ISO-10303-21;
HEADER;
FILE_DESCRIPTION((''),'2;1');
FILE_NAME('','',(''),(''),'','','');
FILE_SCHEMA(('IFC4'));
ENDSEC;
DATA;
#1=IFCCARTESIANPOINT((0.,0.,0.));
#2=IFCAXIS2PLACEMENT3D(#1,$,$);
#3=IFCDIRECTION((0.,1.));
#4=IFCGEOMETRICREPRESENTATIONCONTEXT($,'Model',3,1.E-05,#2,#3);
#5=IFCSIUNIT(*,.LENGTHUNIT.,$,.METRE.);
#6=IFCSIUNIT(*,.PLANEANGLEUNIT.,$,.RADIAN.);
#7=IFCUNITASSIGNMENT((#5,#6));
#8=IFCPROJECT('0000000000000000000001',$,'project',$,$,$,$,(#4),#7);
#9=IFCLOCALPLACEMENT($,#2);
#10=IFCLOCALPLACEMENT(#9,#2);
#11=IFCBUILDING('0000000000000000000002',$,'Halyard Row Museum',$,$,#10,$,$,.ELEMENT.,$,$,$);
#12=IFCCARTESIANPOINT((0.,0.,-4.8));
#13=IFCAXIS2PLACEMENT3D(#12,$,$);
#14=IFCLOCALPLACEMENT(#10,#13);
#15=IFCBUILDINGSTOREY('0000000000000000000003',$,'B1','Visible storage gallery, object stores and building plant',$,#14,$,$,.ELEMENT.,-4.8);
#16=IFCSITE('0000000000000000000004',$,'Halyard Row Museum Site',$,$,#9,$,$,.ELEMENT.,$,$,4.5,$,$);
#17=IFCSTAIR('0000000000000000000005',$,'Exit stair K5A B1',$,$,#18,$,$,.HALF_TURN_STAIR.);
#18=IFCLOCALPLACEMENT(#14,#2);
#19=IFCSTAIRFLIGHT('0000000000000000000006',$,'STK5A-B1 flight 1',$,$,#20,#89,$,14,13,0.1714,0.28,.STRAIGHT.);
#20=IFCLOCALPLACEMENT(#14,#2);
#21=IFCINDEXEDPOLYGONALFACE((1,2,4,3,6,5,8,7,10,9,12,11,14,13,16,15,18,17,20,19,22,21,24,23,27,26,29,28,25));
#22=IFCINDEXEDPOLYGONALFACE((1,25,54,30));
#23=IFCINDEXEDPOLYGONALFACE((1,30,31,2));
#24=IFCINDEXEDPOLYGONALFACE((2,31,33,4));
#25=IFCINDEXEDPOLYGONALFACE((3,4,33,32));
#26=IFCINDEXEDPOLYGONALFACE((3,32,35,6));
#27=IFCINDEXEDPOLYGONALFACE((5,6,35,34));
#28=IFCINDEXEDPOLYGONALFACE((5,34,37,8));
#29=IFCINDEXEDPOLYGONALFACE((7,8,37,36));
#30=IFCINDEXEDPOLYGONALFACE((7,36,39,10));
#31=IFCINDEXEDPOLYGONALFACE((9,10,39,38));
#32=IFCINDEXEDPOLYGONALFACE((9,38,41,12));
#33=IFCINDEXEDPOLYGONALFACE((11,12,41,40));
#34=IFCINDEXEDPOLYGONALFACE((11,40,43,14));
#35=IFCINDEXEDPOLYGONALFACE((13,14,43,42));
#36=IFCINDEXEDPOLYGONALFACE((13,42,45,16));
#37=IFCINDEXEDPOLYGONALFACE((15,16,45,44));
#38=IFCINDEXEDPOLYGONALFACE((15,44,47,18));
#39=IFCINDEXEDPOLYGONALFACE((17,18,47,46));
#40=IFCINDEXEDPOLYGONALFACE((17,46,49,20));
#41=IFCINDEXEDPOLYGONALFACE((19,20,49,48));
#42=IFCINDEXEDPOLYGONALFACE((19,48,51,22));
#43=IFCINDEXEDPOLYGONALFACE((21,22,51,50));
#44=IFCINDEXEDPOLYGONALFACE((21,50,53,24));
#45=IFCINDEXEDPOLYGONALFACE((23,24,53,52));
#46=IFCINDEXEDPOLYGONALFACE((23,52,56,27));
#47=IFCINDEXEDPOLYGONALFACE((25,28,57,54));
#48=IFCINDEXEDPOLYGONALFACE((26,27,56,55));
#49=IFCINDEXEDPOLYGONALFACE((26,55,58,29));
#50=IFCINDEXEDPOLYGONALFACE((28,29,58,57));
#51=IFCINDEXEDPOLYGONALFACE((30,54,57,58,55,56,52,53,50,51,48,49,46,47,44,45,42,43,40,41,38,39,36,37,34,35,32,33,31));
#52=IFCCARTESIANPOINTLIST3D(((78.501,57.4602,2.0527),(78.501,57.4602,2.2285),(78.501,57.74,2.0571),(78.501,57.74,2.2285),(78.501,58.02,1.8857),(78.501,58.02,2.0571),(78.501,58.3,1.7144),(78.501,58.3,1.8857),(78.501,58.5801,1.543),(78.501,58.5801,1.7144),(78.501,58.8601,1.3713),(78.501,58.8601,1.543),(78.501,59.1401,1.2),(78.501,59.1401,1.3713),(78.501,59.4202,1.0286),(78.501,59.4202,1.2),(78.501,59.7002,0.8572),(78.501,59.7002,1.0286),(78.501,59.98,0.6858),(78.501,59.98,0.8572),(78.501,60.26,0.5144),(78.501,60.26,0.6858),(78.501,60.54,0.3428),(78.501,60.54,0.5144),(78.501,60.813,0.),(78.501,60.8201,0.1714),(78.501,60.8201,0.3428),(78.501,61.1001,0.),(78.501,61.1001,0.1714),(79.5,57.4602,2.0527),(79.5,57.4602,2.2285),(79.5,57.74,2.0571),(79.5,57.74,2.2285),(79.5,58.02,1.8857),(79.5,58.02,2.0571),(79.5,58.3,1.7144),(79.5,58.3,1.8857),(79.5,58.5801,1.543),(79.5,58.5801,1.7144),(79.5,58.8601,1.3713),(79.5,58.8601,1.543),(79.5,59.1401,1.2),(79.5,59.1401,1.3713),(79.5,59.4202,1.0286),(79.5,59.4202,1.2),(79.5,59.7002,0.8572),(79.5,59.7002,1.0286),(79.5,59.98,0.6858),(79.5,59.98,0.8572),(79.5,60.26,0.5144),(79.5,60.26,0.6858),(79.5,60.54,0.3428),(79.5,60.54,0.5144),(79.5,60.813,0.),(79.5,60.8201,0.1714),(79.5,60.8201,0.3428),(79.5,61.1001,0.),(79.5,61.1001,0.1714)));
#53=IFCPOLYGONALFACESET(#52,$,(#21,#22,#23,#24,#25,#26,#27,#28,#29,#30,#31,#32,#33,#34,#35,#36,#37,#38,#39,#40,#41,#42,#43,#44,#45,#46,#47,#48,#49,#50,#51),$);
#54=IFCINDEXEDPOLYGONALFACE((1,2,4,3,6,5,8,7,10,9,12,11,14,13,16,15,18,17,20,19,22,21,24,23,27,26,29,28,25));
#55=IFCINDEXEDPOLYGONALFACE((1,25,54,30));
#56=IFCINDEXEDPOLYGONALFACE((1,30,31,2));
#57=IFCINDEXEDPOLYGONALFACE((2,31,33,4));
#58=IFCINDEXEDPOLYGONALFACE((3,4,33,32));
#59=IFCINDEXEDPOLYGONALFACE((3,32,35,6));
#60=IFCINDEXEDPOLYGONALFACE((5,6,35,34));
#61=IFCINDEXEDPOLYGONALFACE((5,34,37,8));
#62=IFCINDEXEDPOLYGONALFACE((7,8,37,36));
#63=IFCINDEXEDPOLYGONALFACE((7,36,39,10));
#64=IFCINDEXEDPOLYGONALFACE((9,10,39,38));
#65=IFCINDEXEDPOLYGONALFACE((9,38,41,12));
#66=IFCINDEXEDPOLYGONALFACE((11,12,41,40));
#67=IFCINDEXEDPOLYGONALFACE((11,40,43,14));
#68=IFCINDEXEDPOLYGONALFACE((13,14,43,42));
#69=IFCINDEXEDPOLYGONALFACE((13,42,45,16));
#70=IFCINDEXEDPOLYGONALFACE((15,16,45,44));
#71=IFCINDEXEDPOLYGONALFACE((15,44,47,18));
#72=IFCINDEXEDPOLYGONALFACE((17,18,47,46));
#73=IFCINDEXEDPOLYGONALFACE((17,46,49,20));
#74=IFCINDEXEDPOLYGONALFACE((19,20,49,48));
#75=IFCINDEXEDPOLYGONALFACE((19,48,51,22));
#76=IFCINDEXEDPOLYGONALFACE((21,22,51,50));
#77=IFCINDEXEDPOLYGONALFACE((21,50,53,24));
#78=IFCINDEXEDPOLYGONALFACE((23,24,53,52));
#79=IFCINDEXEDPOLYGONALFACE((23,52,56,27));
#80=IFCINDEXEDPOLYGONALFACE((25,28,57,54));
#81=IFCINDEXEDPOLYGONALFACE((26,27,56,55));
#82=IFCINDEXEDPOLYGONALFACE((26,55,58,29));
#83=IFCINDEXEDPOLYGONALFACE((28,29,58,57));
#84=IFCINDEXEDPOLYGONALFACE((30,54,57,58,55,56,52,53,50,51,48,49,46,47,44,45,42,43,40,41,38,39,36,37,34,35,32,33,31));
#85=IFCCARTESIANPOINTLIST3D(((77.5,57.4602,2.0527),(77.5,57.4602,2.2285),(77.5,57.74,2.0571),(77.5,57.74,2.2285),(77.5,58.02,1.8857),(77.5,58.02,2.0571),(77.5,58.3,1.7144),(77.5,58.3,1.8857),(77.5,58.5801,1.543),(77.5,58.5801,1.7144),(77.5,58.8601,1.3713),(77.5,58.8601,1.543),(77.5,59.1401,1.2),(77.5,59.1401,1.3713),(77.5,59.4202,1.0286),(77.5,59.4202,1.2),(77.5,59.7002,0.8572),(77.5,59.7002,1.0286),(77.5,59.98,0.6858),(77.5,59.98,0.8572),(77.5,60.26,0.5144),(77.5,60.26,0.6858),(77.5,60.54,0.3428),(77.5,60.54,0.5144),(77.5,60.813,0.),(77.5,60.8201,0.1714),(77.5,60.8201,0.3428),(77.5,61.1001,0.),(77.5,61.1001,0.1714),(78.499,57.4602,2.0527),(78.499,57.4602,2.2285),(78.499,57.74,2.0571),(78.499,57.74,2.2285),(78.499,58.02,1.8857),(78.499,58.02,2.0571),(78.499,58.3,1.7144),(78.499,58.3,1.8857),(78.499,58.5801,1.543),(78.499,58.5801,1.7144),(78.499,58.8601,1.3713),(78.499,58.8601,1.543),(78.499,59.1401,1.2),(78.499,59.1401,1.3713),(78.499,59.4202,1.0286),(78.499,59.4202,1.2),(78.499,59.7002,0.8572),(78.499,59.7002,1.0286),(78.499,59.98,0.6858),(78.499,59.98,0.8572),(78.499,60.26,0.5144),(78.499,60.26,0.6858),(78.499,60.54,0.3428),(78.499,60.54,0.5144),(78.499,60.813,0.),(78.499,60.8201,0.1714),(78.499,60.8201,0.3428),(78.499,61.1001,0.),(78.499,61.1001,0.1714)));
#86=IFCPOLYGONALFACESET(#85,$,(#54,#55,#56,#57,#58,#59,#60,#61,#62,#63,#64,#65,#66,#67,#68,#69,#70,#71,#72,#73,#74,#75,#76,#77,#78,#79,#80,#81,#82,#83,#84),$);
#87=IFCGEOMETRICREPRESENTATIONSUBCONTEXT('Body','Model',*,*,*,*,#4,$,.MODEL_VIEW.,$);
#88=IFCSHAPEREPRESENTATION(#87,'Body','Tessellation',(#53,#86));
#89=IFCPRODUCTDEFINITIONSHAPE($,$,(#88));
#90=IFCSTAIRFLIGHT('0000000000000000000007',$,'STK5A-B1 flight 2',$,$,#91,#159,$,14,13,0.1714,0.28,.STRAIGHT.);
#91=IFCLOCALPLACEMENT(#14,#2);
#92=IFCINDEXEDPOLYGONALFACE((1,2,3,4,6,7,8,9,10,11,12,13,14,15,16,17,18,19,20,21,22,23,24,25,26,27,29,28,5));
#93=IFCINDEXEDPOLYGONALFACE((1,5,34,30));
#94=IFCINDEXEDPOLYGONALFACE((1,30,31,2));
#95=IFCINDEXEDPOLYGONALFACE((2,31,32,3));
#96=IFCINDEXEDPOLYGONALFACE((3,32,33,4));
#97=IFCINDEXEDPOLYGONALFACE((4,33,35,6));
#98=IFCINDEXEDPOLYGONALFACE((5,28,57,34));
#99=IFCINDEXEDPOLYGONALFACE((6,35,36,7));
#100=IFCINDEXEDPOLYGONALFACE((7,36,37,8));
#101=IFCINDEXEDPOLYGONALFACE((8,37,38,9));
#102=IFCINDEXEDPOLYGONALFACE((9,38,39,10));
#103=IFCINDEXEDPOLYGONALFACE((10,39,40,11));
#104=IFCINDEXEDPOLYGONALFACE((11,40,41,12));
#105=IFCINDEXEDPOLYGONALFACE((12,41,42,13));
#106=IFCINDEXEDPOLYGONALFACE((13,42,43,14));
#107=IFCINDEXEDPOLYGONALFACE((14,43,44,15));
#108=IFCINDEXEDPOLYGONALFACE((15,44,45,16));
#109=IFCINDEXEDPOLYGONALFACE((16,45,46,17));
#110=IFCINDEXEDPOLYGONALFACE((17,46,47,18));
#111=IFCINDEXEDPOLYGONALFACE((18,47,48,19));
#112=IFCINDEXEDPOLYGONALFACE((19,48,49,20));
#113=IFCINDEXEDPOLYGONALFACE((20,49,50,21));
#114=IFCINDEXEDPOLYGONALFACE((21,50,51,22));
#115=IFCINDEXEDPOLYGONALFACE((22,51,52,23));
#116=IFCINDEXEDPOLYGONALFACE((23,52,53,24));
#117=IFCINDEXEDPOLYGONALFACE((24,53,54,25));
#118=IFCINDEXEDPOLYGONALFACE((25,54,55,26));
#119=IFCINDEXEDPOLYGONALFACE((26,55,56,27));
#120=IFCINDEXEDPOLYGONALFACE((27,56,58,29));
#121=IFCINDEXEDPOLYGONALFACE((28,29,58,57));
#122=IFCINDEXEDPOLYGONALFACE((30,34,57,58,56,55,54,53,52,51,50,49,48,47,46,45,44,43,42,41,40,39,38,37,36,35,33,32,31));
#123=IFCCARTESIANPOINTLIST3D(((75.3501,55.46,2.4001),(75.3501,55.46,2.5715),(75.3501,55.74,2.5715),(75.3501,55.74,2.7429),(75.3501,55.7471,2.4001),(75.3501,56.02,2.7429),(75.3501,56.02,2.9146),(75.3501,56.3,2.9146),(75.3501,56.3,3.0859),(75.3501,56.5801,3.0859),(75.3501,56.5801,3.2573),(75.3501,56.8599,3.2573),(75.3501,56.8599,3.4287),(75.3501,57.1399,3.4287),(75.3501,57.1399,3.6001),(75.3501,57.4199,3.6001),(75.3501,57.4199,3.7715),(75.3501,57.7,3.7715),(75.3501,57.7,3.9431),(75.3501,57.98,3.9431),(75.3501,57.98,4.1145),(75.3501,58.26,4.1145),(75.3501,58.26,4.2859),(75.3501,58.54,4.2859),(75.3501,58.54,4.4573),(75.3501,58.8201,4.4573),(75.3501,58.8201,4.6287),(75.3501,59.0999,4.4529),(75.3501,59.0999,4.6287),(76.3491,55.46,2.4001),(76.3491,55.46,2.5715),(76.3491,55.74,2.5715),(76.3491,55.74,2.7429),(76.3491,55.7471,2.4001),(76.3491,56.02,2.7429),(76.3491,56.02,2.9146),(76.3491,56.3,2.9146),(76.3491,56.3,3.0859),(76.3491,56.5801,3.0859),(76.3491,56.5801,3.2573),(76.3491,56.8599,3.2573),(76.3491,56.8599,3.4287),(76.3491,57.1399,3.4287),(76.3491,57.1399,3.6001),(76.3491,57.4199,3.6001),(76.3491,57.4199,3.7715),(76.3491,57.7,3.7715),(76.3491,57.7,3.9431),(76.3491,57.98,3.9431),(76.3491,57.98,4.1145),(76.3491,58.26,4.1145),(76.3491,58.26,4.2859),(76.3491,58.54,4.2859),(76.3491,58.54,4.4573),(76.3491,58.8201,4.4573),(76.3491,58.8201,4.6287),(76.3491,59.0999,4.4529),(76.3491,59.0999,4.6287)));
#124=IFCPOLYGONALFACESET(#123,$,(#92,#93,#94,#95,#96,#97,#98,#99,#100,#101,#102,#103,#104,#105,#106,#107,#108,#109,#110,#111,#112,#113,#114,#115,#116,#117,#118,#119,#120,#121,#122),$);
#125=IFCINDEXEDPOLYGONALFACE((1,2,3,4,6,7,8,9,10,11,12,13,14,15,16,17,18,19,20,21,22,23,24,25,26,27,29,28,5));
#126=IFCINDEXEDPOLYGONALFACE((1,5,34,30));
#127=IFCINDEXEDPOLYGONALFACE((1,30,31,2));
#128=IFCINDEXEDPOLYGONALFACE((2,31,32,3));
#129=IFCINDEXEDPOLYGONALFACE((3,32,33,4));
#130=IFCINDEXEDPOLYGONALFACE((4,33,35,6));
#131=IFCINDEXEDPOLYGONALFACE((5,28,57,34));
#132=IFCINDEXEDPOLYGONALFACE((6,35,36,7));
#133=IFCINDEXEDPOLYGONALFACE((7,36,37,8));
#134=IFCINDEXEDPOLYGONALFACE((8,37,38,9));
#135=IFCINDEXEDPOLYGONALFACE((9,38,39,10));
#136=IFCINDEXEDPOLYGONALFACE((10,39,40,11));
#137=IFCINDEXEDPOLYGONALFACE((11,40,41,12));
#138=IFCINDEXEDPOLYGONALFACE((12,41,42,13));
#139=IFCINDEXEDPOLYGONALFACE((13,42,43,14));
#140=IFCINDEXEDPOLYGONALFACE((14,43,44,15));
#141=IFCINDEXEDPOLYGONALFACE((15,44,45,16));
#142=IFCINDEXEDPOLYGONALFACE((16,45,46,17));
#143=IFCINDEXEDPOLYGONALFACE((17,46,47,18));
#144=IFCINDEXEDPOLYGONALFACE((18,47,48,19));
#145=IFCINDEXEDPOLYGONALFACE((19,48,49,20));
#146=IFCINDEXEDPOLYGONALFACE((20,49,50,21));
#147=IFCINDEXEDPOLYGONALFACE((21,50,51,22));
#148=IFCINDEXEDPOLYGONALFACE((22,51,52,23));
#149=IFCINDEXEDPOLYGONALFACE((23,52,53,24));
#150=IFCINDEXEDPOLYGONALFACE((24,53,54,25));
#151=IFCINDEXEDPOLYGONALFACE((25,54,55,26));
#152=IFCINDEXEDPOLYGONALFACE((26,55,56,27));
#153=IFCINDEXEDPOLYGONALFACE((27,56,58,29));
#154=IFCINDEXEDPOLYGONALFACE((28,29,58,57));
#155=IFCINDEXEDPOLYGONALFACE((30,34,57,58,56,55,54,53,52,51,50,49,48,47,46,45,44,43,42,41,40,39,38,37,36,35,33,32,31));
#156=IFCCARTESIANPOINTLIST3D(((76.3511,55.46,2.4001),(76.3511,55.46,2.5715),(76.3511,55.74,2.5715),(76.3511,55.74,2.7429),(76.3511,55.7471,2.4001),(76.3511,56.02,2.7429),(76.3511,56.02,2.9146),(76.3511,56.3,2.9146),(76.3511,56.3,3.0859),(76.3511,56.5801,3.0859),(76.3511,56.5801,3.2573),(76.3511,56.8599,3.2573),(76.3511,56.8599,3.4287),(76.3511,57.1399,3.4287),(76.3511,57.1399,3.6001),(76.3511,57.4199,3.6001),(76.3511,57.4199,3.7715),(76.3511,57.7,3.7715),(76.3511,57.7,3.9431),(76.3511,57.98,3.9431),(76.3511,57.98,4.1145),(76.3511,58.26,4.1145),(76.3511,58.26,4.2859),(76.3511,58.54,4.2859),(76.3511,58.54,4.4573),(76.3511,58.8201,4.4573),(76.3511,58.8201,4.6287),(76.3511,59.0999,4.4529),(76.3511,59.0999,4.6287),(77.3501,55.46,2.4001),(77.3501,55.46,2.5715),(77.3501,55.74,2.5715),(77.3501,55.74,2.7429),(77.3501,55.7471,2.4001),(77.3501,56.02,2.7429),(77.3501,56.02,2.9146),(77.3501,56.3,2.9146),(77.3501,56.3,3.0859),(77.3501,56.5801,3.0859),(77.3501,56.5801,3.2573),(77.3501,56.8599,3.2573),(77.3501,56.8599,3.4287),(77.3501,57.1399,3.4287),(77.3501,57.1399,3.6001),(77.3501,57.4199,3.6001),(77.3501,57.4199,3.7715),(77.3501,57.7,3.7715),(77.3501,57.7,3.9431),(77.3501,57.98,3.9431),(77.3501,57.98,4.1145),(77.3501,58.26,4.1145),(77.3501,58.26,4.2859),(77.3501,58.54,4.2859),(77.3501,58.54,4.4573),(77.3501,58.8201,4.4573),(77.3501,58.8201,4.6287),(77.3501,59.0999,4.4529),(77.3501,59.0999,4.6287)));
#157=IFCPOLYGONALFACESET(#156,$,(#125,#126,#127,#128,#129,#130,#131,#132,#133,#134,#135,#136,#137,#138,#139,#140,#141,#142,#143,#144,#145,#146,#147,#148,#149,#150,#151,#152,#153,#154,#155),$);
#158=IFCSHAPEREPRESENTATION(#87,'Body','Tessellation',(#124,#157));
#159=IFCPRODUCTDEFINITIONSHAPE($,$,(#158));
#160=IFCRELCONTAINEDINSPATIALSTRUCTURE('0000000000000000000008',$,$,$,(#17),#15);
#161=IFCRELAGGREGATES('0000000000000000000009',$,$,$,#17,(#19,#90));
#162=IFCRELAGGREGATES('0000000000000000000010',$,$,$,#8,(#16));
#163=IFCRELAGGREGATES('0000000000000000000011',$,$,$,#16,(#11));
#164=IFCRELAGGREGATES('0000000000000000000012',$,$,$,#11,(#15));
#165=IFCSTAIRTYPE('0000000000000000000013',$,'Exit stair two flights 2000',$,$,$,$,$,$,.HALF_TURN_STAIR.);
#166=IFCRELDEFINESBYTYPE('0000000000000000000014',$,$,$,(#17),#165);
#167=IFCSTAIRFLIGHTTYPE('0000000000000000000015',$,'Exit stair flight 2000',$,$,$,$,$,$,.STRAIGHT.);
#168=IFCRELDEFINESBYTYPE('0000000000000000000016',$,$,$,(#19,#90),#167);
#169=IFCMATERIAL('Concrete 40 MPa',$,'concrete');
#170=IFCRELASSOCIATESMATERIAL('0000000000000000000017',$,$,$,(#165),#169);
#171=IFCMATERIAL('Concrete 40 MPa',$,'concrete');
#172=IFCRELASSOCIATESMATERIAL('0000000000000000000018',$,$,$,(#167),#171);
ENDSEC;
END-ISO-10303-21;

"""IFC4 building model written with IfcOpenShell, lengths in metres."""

from ifc_helpers import new_model, si_unit, direction, frame, origin, place, context, subcontext, project, spatial, polyline, outline, extrude, material, type_object, element, aggregate, save


model = new_model("IFC4")

# Units and contexts
model_context = context("Model", 3, precision=1e-05, world=origin(), true_north=direction((0.0, 1.0)))
body_context = subcontext(model_context, "Body", "Model", "MODEL_VIEW")
ifc_project = project(units=[si_unit("LENGTHUNIT", "METRE"), si_unit("PLANEANGLEUNIT", "RADIAN")], contexts=[model_context])

# Site, building, storey
site_placement = place(None, origin())
site = spatial("IfcSite", under=ifc_project, at=site_placement, Name="Halyard Row Museum Site", CompositionType="ELEMENT", RefElevation=4.5)
building_placement = place(site_placement, origin())
building = spatial("IfcBuilding", under=site, at=building_placement, Name="Halyard Row Museum", CompositionType="ELEMENT")
storey_placement = place(building_placement, frame((0.0, 0.0, -4.8)))
storey = spatial("IfcBuildingStorey", under=building, at=storey_placement, Name="B1", Description="Visible storage gallery, object stores and building plant", CompositionType="ELEMENT", Elevation=-4.8)

# Stair, stair flights
ifc_material_1 = material(Name="Concrete 40 MPa", Category="concrete")
stair_type_1 = type_object("IfcStairType", Name="Exit stair two flights 2000", PredefinedType="HALF_TURN_STAIR", material=ifc_material_1)
stair_1_placement = place(storey_placement, origin())
stair_1 = element("IfcStair", 1, at=stair_1_placement, inside=storey, type_object=stair_type_1, Name="Exit stair K5A B1", PredefinedType="HALF_TURN_STAIR")
ifc_material_2 = material(Name="Concrete 40 MPa", Category="concrete")
stair_flight_type_1 = type_object("IfcStairFlightType", Name="Exit stair flight 2000", PredefinedType="STRAIGHT", material=ifc_material_2)
stair_flight_1_placement = place(storey_placement, frame((78.5, 61.1001, 0.0), z_axis=(0.0, 0.0, 1.0), x_axis=(0.0, -1.0, 0.0)))
stair_flight_1 = element("IfcStairFlight", 2, at=stair_flight_1_placement, type_object=stair_flight_type_1, Name="STK5A-B1 flight 1", NumberOfRisers=14, NumberOfTreads=13, PredefinedType="STRAIGHT", RiserHeight=0.1714, TreadLength=0.28, context=body_context, shape_type="SweptSolid", body=[
    extrude(outline(polyline([(0.0, 0.0), (0.0, 0.1714), (0.28, 0.1714), (0.28, 0.3428), (0.5601, 0.3428), (0.5601, 0.5144), (0.8401, 0.5144), (0.8401, 0.6858), (1.1201, 0.6858), (1.1201, 0.8572), (1.3999, 0.8572), (1.3999, 1.0286), (1.6799, 1.0286), (1.6799, 1.2), (1.96, 1.2), (1.96, 1.3713), (2.24, 1.3713), (2.24, 1.543), (2.52, 1.543), (2.52, 1.7144), (2.8, 1.7144), (2.8, 1.8857), (3.0801, 1.8857), (3.0801, 2.0571), (3.3601, 2.0571), (3.3601, 2.2285), (3.6399, 2.2285), (3.6399, 2.3999), (3.6399, 2.0527), (0.2871, 0.0), (0.0, 0.0)])), frame((0.0, 1.0, 0.0), z_axis=(0.0, -1.0, 0.0), x_axis=(1.0, 0.0, 0.0)), (0.0, 0.0, 1.0), 0.999),
    extrude(outline(polyline([(0.0, 0.0), (0.0, 0.1714), (0.28, 0.1714), (0.28, 0.3428), (0.5601, 0.3428), (0.5601, 0.5144), (0.8401, 0.5144), (0.8401, 0.6858), (1.1201, 0.6858), (1.1201, 0.8572), (1.3999, 0.8572), (1.3999, 1.0286), (1.6799, 1.0286), (1.6799, 1.2), (1.96, 1.2), (1.96, 1.3713), (2.24, 1.3713), (2.24, 1.543), (2.52, 1.543), (2.52, 1.7144), (2.8, 1.7144), (2.8, 1.8857), (3.0801, 1.8857), (3.0801, 2.0571), (3.3601, 2.0571), (3.3601, 2.2285), (3.6399, 2.2285), (3.6399, 2.3999), (3.6399, 2.0527), (0.2871, 0.0), (0.0, 0.0)])), frame((0.0, -0.001, 0.0), z_axis=(0.0, -1.0, 0.0), x_axis=(1.0, 0.0, 0.0)), (0.0, 0.0, 1.0), 0.999),
])
stair_flight_2_placement = place(storey_placement, frame((76.3501, 55.46, 2.4001), z_axis=(0.0, 0.0, 1.0), x_axis=(0.0, 1.0, 0.0)))
stair_flight_2 = element("IfcStairFlight", 3, at=stair_flight_2_placement, type_object=stair_flight_type_1, Name="STK5A-B1 flight 2", NumberOfRisers=14, NumberOfTreads=13, PredefinedType="STRAIGHT", RiserHeight=0.1714, TreadLength=0.28, context=body_context, shape_type="SweptSolid", body=[
    extrude(outline(polyline([(0.0, 0.0), (0.0, 0.1714), (0.28, 0.1714), (0.28, 0.3428), (0.5601, 0.3428), (0.5601, 0.5144), (0.8401, 0.5144), (0.8401, 0.6858), (1.1201, 0.6858), (1.1201, 0.8572), (1.3999, 0.8572), (1.3999, 1.0286), (1.6799, 1.0286), (1.6799, 1.2), (1.96, 1.2), (1.96, 1.3713), (2.24, 1.3713), (2.24, 1.543), (2.52, 1.543), (2.52, 1.7144), (2.8, 1.7144), (2.8, 1.8857), (3.0801, 1.8857), (3.0801, 2.0571), (3.3601, 2.0571), (3.3601, 2.2285), (3.6399, 2.2285), (3.6399, 2.3999), (3.6399, 2.0527), (0.2871, 0.0), (0.0, 0.0)])), frame((0.0, 1.0, 0.0), z_axis=(0.0, -1.0, 0.0), x_axis=(1.0, 0.0, 0.0)), (0.0, 0.0, 1.0), 0.999),
    extrude(outline(polyline([(0.0, 0.0), (0.0, 0.1714), (0.28, 0.1714), (0.28, 0.3428), (0.5601, 0.3428), (0.5601, 0.5144), (0.8401, 0.5144), (0.8401, 0.6858), (1.1201, 0.6858), (1.1201, 0.8572), (1.3999, 0.8572), (1.3999, 1.0286), (1.6799, 1.0286), (1.6799, 1.2), (1.96, 1.2), (1.96, 1.3713), (2.24, 1.3713), (2.24, 1.543), (2.52, 1.543), (2.52, 1.7144), (2.8, 1.7144), (2.8, 1.8857), (3.0801, 1.8857), (3.0801, 2.0571), (3.3601, 2.0571), (3.3601, 2.2285), (3.6399, 2.2285), (3.6399, 2.3999), (3.6399, 2.0527), (0.2871, 0.0), (0.0, 0.0)])), frame((0.0, -0.001, 0.0), z_axis=(0.0, -1.0, 0.0), x_axis=(1.0, 0.0, 0.0)), (0.0, 0.0, 1.0), 0.999),
])
aggregate(stair_1, [stair_flight_1, stair_flight_2])

save(model, "model.ifc")
